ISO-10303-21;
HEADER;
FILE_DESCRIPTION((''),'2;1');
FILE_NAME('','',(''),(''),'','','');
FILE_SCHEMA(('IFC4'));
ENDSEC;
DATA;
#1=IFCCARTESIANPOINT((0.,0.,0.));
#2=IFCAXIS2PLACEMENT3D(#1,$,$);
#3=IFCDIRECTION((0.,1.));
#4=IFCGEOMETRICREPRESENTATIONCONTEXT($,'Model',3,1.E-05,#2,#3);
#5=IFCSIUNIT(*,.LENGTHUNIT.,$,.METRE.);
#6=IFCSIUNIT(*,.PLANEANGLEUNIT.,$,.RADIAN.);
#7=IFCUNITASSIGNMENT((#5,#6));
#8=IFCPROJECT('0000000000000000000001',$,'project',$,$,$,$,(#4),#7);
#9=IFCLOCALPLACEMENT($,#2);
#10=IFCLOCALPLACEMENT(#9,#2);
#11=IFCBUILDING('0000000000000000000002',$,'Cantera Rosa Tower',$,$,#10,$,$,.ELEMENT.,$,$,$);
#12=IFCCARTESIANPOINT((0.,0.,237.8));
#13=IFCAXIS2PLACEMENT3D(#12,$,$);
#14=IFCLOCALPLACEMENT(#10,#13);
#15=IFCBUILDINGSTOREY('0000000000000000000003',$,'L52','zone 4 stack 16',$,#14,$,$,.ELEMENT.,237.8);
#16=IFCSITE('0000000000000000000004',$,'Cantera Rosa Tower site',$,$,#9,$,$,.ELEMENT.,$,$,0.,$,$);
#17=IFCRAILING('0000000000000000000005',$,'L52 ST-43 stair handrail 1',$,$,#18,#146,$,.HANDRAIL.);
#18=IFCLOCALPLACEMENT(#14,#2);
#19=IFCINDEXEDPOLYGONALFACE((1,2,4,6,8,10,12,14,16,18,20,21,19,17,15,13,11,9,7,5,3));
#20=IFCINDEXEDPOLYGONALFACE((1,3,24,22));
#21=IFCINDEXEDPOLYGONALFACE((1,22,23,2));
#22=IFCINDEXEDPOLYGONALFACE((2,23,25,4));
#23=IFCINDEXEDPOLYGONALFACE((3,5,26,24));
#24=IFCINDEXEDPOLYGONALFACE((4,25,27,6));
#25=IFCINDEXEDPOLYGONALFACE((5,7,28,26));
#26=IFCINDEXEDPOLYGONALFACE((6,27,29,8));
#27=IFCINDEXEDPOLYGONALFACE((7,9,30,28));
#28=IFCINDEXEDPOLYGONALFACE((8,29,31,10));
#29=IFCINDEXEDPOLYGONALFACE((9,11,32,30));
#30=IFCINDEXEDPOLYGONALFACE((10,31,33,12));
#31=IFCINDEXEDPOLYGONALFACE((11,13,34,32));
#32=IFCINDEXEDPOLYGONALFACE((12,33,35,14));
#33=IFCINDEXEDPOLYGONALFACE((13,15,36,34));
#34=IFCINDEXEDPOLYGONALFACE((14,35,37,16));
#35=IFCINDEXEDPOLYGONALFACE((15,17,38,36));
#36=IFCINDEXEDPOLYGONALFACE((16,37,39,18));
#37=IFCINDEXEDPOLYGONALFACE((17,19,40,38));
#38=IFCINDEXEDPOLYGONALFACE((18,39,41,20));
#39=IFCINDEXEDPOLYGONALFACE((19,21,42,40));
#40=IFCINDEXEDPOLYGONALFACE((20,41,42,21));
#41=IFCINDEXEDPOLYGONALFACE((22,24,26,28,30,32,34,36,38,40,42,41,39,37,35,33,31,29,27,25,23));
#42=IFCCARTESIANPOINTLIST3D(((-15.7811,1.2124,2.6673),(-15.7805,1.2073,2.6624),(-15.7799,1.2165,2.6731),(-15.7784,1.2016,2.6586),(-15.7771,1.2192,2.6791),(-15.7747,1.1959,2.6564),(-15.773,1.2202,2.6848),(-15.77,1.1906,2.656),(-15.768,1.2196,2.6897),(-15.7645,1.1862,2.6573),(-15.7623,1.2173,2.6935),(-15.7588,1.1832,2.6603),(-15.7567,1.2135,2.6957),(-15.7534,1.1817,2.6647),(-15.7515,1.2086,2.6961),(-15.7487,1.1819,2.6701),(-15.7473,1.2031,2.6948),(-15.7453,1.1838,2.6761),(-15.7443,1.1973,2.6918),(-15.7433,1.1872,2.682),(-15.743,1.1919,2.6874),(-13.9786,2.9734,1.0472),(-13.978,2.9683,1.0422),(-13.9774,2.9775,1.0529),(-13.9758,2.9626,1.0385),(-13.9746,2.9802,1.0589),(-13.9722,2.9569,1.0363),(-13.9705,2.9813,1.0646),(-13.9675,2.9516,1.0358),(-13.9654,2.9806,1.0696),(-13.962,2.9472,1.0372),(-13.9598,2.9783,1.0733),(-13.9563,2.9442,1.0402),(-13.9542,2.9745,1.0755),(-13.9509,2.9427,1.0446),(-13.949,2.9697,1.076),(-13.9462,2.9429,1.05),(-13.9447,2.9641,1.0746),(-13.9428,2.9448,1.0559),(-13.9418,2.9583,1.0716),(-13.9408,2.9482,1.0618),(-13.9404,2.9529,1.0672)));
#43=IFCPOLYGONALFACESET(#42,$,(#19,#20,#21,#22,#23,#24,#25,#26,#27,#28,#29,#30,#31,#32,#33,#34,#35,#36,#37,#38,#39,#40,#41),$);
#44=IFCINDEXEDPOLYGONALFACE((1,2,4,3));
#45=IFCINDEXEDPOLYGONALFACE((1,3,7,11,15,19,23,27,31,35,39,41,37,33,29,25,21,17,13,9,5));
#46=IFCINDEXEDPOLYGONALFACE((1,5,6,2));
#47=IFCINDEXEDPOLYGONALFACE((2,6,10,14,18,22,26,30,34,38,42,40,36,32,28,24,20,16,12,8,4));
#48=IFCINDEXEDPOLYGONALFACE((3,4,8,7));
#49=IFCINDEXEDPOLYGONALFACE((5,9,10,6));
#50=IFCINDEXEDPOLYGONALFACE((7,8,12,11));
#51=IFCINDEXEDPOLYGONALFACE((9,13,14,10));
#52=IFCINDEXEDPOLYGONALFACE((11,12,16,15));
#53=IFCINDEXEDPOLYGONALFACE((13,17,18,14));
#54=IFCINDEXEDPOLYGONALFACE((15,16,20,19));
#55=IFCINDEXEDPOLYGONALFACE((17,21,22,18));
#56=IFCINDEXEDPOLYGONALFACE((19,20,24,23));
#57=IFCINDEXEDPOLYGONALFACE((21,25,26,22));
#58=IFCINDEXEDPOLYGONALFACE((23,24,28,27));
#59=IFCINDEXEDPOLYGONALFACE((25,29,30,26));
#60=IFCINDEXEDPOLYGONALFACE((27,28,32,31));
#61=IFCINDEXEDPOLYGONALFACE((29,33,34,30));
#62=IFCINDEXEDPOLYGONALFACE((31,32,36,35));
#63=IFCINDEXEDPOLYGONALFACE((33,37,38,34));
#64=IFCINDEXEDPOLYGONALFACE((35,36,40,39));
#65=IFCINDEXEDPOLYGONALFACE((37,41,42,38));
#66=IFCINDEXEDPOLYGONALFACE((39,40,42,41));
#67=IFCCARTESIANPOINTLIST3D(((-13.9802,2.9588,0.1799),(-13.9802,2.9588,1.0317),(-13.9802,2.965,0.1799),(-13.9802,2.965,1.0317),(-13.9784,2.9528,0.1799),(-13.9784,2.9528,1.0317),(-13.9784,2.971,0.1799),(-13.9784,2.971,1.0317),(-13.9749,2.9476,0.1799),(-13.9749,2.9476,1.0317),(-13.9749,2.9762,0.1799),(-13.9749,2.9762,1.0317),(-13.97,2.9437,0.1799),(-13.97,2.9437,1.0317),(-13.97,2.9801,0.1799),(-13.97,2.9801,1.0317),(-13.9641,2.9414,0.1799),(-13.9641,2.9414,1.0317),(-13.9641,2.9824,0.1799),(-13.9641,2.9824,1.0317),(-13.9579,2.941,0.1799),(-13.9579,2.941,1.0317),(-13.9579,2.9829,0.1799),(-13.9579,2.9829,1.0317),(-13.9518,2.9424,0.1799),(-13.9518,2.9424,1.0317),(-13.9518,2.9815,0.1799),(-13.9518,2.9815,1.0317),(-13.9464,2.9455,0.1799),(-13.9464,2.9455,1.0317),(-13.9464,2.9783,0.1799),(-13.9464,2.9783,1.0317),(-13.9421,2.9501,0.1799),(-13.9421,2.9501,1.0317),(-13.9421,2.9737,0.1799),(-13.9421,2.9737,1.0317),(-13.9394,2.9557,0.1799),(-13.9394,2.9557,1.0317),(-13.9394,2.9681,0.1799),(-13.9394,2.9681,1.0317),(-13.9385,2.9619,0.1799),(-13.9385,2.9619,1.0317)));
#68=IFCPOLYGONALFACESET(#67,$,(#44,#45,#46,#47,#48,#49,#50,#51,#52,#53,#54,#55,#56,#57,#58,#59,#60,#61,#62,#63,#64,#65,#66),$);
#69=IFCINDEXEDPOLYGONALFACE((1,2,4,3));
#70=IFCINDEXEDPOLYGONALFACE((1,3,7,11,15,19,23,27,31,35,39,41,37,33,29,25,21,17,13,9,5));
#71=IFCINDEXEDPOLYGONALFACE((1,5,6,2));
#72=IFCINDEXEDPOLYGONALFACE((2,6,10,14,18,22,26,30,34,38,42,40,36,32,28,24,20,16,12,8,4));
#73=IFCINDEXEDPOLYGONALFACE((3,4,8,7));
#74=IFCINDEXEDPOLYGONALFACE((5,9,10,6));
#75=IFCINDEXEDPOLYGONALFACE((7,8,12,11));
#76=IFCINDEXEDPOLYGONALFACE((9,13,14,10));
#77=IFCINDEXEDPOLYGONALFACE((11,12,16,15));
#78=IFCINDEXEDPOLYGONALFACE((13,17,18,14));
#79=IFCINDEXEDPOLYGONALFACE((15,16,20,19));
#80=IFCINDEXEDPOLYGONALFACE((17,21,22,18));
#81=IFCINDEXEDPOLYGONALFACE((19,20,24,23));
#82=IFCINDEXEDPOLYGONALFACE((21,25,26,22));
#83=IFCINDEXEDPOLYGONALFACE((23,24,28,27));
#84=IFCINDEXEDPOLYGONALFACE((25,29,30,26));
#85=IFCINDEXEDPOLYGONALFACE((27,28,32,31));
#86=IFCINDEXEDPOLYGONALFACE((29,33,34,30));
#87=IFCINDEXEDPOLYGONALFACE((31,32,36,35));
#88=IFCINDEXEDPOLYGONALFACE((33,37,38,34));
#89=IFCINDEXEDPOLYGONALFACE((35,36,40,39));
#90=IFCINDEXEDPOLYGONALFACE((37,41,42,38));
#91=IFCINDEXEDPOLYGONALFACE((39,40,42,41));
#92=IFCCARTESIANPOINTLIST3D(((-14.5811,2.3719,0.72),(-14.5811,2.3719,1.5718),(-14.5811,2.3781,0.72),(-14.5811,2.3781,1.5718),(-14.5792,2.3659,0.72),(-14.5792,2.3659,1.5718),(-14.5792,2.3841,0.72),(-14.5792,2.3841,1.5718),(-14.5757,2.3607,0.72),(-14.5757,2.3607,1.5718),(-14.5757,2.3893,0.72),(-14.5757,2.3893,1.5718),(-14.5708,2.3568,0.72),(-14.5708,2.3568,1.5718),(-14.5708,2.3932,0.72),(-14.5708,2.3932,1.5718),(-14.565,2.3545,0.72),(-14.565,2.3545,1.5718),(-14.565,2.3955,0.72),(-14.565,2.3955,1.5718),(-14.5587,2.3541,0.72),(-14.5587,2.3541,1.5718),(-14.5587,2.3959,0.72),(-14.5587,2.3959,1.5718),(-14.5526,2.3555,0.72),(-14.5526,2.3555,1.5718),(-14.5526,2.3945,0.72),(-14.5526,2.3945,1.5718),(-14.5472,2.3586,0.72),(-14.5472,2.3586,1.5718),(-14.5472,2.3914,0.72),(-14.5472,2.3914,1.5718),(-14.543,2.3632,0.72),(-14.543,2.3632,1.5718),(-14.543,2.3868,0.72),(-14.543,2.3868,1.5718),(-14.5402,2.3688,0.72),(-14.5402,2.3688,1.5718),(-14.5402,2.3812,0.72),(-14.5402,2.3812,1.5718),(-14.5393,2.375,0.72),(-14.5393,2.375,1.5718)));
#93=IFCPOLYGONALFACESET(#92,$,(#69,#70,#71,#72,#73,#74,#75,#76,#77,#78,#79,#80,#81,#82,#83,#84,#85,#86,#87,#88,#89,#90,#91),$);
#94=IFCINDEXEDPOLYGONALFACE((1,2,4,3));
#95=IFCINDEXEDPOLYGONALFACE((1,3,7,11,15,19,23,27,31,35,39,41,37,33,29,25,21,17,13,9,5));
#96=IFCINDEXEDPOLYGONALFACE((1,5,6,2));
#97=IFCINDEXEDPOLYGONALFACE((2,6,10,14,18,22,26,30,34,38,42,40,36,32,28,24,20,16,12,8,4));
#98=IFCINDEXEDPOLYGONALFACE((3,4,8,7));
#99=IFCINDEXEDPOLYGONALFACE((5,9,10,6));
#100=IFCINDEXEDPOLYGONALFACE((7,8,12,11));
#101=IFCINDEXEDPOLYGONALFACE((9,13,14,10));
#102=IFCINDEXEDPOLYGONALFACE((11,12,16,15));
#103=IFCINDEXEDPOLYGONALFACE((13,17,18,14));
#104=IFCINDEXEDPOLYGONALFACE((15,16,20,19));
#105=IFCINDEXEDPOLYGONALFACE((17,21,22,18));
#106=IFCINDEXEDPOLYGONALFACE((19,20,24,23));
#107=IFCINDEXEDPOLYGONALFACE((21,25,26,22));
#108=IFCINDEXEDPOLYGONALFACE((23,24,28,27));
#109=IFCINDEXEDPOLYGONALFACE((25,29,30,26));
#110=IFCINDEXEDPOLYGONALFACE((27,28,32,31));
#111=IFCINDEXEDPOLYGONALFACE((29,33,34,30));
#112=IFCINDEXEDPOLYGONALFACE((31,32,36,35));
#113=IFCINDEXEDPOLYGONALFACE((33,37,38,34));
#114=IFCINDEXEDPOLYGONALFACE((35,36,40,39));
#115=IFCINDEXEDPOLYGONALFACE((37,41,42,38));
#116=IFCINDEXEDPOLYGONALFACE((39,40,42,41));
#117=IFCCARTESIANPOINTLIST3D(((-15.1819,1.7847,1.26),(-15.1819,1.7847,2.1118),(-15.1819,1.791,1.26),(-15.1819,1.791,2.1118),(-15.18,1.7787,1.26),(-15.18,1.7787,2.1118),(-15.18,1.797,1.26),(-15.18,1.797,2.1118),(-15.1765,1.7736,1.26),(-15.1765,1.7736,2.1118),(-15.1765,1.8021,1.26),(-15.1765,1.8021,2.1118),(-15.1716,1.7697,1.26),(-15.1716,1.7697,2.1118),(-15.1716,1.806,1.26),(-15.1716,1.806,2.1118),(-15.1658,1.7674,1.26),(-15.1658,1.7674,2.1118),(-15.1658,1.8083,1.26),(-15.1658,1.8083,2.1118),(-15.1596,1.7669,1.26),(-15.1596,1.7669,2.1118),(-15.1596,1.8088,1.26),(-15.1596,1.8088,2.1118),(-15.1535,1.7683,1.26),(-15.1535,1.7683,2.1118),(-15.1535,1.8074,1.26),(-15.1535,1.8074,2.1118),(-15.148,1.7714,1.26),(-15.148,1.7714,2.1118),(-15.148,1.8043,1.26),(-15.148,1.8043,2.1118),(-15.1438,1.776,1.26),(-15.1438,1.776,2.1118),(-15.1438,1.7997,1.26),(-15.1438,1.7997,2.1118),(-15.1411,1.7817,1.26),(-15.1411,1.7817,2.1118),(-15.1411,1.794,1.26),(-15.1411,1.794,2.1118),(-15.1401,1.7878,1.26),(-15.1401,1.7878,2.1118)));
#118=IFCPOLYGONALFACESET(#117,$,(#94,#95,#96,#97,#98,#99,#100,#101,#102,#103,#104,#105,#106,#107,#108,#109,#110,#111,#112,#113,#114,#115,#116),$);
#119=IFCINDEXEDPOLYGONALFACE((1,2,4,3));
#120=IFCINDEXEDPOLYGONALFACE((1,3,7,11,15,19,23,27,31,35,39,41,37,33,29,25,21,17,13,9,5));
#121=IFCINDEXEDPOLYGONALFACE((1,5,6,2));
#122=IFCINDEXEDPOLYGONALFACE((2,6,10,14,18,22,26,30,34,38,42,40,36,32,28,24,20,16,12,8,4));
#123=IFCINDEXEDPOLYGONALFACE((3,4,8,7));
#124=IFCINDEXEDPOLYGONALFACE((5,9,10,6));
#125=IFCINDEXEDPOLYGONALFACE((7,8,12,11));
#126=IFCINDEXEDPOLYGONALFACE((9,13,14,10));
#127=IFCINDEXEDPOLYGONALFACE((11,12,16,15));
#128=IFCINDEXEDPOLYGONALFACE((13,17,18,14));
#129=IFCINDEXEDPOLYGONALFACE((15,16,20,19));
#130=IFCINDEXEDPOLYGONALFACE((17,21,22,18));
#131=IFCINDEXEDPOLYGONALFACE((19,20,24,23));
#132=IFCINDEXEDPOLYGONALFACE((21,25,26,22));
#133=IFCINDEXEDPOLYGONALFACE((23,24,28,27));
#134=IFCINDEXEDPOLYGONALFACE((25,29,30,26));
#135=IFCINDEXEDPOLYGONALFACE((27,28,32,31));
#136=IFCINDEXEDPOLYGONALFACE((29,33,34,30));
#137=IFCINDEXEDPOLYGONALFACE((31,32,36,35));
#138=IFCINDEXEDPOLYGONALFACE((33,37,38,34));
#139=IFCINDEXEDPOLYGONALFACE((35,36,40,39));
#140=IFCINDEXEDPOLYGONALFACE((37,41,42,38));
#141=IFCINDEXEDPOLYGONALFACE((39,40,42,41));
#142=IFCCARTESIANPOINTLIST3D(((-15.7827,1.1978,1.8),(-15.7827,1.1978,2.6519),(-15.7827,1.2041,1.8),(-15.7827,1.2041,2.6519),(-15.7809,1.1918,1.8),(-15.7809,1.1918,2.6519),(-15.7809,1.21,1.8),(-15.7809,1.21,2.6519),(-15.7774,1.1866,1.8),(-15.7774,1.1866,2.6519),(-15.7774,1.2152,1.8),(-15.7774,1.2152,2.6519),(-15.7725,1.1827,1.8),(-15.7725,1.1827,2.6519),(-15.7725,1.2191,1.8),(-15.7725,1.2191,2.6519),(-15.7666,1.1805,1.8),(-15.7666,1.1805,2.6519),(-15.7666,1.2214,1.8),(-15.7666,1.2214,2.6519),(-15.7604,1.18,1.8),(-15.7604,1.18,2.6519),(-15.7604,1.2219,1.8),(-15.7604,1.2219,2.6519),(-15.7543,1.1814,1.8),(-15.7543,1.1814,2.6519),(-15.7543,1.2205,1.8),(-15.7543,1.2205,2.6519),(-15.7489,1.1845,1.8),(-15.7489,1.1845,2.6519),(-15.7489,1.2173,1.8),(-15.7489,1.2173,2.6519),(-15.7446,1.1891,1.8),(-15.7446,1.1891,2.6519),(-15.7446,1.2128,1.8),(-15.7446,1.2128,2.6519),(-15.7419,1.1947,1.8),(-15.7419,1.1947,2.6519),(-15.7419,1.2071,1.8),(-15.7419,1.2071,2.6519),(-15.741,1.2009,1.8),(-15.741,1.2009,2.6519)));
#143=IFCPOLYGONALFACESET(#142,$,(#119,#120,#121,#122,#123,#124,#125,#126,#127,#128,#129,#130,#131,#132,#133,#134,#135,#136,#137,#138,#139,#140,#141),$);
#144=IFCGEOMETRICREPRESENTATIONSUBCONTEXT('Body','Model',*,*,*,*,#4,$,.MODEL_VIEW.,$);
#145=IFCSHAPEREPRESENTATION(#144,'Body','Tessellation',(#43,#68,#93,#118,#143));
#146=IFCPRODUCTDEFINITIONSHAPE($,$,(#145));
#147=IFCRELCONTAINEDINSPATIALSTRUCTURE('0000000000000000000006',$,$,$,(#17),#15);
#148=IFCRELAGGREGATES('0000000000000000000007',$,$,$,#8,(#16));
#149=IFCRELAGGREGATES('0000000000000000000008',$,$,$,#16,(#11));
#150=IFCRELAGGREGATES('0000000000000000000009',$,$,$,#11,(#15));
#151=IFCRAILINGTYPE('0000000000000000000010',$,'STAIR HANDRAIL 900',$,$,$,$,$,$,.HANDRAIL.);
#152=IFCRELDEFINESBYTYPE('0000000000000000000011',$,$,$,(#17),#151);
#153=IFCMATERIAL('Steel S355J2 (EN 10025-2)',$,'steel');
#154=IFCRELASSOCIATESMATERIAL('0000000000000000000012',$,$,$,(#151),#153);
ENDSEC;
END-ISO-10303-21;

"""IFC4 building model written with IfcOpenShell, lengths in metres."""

from ifc_helpers import new_model, si_unit, direction, frame, origin, origin_2d, place, context, subcontext, project, spatial, circle, extrude, material, type_object, element, save


model = new_model("IFC4")

# Units and contexts
model_context = context("Model", 3, precision=1e-05, world=origin(), true_north=direction((0.0, 1.0)))
body_context = subcontext(model_context, "Body", "Model", "MODEL_VIEW")
ifc_project = project(units=[si_unit("LENGTHUNIT", "METRE"), si_unit("PLANEANGLEUNIT", "RADIAN")], contexts=[model_context])

# Site, building, storey
site_placement = place(None, origin())
site = spatial("IfcSite", under=ifc_project, at=site_placement, Name="Cantera Rosa Tower site", CompositionType="ELEMENT", RefElevation=0.0)
building_placement = place(site_placement, origin())
building = spatial("IfcBuilding", under=site, at=building_placement, Name="Cantera Rosa Tower", CompositionType="ELEMENT")
storey_placement = place(building_placement, frame((0.0, 0.0, 237.8)))
storey = spatial("IfcBuildingStorey", under=building, at=storey_placement, Name="L52", Description="zone 4 stack 16", CompositionType="ELEMENT", Elevation=237.8)

# Railing
ifc_material_1 = material(Name="Steel S355J2 (EN 10025-2)", Category="steel")
railing_type_1 = type_object("IfcRailingType", Name="STAIR HANDRAIL 900", PredefinedType="HANDRAIL", material=ifc_material_1)
railing_1_placement = place(storey_placement, frame((-13.9595, 2.9619, 0.1799)))
element("IfcRailing", 1, at=railing_1_placement, inside=storey, type_object=railing_type_1, Name="L52 ST-43 stair handrail 1", PredefinedType="HANDRAIL", context=body_context, shape_type="SweptSolid", body=[
    extrude(circle(Radius=0.0239, at=origin_2d()), frame((0.0, 0.0, 0.876), z_axis=(-0.601672, -0.587818, 0.540796), x_axis=(0.698824, -0.715294, 0.0)), (0.0, 0.0, 1.0), 2.9958),
    extrude(circle(Radius=0.021, at=origin_2d()), origin(), (0.0, 0.0, 1.0), 0.8518),
    extrude(circle(Radius=0.021, at=origin_2d()), frame((-0.6008, -0.5869, 0.54)), (0.0, 0.0, 1.0), 0.8518),
    extrude(circle(Radius=0.021, at=origin_2d()), frame((-1.2017, -1.1741, 1.0801)), (0.0, 0.0, 1.0), 0.8518),
    extrude(circle(Radius=0.021, at=origin_2d()), frame((-1.8025, -1.761, 1.6201)), (0.0, 0.0, 1.0), 0.8518),
])

save(model, "model.ifc")
